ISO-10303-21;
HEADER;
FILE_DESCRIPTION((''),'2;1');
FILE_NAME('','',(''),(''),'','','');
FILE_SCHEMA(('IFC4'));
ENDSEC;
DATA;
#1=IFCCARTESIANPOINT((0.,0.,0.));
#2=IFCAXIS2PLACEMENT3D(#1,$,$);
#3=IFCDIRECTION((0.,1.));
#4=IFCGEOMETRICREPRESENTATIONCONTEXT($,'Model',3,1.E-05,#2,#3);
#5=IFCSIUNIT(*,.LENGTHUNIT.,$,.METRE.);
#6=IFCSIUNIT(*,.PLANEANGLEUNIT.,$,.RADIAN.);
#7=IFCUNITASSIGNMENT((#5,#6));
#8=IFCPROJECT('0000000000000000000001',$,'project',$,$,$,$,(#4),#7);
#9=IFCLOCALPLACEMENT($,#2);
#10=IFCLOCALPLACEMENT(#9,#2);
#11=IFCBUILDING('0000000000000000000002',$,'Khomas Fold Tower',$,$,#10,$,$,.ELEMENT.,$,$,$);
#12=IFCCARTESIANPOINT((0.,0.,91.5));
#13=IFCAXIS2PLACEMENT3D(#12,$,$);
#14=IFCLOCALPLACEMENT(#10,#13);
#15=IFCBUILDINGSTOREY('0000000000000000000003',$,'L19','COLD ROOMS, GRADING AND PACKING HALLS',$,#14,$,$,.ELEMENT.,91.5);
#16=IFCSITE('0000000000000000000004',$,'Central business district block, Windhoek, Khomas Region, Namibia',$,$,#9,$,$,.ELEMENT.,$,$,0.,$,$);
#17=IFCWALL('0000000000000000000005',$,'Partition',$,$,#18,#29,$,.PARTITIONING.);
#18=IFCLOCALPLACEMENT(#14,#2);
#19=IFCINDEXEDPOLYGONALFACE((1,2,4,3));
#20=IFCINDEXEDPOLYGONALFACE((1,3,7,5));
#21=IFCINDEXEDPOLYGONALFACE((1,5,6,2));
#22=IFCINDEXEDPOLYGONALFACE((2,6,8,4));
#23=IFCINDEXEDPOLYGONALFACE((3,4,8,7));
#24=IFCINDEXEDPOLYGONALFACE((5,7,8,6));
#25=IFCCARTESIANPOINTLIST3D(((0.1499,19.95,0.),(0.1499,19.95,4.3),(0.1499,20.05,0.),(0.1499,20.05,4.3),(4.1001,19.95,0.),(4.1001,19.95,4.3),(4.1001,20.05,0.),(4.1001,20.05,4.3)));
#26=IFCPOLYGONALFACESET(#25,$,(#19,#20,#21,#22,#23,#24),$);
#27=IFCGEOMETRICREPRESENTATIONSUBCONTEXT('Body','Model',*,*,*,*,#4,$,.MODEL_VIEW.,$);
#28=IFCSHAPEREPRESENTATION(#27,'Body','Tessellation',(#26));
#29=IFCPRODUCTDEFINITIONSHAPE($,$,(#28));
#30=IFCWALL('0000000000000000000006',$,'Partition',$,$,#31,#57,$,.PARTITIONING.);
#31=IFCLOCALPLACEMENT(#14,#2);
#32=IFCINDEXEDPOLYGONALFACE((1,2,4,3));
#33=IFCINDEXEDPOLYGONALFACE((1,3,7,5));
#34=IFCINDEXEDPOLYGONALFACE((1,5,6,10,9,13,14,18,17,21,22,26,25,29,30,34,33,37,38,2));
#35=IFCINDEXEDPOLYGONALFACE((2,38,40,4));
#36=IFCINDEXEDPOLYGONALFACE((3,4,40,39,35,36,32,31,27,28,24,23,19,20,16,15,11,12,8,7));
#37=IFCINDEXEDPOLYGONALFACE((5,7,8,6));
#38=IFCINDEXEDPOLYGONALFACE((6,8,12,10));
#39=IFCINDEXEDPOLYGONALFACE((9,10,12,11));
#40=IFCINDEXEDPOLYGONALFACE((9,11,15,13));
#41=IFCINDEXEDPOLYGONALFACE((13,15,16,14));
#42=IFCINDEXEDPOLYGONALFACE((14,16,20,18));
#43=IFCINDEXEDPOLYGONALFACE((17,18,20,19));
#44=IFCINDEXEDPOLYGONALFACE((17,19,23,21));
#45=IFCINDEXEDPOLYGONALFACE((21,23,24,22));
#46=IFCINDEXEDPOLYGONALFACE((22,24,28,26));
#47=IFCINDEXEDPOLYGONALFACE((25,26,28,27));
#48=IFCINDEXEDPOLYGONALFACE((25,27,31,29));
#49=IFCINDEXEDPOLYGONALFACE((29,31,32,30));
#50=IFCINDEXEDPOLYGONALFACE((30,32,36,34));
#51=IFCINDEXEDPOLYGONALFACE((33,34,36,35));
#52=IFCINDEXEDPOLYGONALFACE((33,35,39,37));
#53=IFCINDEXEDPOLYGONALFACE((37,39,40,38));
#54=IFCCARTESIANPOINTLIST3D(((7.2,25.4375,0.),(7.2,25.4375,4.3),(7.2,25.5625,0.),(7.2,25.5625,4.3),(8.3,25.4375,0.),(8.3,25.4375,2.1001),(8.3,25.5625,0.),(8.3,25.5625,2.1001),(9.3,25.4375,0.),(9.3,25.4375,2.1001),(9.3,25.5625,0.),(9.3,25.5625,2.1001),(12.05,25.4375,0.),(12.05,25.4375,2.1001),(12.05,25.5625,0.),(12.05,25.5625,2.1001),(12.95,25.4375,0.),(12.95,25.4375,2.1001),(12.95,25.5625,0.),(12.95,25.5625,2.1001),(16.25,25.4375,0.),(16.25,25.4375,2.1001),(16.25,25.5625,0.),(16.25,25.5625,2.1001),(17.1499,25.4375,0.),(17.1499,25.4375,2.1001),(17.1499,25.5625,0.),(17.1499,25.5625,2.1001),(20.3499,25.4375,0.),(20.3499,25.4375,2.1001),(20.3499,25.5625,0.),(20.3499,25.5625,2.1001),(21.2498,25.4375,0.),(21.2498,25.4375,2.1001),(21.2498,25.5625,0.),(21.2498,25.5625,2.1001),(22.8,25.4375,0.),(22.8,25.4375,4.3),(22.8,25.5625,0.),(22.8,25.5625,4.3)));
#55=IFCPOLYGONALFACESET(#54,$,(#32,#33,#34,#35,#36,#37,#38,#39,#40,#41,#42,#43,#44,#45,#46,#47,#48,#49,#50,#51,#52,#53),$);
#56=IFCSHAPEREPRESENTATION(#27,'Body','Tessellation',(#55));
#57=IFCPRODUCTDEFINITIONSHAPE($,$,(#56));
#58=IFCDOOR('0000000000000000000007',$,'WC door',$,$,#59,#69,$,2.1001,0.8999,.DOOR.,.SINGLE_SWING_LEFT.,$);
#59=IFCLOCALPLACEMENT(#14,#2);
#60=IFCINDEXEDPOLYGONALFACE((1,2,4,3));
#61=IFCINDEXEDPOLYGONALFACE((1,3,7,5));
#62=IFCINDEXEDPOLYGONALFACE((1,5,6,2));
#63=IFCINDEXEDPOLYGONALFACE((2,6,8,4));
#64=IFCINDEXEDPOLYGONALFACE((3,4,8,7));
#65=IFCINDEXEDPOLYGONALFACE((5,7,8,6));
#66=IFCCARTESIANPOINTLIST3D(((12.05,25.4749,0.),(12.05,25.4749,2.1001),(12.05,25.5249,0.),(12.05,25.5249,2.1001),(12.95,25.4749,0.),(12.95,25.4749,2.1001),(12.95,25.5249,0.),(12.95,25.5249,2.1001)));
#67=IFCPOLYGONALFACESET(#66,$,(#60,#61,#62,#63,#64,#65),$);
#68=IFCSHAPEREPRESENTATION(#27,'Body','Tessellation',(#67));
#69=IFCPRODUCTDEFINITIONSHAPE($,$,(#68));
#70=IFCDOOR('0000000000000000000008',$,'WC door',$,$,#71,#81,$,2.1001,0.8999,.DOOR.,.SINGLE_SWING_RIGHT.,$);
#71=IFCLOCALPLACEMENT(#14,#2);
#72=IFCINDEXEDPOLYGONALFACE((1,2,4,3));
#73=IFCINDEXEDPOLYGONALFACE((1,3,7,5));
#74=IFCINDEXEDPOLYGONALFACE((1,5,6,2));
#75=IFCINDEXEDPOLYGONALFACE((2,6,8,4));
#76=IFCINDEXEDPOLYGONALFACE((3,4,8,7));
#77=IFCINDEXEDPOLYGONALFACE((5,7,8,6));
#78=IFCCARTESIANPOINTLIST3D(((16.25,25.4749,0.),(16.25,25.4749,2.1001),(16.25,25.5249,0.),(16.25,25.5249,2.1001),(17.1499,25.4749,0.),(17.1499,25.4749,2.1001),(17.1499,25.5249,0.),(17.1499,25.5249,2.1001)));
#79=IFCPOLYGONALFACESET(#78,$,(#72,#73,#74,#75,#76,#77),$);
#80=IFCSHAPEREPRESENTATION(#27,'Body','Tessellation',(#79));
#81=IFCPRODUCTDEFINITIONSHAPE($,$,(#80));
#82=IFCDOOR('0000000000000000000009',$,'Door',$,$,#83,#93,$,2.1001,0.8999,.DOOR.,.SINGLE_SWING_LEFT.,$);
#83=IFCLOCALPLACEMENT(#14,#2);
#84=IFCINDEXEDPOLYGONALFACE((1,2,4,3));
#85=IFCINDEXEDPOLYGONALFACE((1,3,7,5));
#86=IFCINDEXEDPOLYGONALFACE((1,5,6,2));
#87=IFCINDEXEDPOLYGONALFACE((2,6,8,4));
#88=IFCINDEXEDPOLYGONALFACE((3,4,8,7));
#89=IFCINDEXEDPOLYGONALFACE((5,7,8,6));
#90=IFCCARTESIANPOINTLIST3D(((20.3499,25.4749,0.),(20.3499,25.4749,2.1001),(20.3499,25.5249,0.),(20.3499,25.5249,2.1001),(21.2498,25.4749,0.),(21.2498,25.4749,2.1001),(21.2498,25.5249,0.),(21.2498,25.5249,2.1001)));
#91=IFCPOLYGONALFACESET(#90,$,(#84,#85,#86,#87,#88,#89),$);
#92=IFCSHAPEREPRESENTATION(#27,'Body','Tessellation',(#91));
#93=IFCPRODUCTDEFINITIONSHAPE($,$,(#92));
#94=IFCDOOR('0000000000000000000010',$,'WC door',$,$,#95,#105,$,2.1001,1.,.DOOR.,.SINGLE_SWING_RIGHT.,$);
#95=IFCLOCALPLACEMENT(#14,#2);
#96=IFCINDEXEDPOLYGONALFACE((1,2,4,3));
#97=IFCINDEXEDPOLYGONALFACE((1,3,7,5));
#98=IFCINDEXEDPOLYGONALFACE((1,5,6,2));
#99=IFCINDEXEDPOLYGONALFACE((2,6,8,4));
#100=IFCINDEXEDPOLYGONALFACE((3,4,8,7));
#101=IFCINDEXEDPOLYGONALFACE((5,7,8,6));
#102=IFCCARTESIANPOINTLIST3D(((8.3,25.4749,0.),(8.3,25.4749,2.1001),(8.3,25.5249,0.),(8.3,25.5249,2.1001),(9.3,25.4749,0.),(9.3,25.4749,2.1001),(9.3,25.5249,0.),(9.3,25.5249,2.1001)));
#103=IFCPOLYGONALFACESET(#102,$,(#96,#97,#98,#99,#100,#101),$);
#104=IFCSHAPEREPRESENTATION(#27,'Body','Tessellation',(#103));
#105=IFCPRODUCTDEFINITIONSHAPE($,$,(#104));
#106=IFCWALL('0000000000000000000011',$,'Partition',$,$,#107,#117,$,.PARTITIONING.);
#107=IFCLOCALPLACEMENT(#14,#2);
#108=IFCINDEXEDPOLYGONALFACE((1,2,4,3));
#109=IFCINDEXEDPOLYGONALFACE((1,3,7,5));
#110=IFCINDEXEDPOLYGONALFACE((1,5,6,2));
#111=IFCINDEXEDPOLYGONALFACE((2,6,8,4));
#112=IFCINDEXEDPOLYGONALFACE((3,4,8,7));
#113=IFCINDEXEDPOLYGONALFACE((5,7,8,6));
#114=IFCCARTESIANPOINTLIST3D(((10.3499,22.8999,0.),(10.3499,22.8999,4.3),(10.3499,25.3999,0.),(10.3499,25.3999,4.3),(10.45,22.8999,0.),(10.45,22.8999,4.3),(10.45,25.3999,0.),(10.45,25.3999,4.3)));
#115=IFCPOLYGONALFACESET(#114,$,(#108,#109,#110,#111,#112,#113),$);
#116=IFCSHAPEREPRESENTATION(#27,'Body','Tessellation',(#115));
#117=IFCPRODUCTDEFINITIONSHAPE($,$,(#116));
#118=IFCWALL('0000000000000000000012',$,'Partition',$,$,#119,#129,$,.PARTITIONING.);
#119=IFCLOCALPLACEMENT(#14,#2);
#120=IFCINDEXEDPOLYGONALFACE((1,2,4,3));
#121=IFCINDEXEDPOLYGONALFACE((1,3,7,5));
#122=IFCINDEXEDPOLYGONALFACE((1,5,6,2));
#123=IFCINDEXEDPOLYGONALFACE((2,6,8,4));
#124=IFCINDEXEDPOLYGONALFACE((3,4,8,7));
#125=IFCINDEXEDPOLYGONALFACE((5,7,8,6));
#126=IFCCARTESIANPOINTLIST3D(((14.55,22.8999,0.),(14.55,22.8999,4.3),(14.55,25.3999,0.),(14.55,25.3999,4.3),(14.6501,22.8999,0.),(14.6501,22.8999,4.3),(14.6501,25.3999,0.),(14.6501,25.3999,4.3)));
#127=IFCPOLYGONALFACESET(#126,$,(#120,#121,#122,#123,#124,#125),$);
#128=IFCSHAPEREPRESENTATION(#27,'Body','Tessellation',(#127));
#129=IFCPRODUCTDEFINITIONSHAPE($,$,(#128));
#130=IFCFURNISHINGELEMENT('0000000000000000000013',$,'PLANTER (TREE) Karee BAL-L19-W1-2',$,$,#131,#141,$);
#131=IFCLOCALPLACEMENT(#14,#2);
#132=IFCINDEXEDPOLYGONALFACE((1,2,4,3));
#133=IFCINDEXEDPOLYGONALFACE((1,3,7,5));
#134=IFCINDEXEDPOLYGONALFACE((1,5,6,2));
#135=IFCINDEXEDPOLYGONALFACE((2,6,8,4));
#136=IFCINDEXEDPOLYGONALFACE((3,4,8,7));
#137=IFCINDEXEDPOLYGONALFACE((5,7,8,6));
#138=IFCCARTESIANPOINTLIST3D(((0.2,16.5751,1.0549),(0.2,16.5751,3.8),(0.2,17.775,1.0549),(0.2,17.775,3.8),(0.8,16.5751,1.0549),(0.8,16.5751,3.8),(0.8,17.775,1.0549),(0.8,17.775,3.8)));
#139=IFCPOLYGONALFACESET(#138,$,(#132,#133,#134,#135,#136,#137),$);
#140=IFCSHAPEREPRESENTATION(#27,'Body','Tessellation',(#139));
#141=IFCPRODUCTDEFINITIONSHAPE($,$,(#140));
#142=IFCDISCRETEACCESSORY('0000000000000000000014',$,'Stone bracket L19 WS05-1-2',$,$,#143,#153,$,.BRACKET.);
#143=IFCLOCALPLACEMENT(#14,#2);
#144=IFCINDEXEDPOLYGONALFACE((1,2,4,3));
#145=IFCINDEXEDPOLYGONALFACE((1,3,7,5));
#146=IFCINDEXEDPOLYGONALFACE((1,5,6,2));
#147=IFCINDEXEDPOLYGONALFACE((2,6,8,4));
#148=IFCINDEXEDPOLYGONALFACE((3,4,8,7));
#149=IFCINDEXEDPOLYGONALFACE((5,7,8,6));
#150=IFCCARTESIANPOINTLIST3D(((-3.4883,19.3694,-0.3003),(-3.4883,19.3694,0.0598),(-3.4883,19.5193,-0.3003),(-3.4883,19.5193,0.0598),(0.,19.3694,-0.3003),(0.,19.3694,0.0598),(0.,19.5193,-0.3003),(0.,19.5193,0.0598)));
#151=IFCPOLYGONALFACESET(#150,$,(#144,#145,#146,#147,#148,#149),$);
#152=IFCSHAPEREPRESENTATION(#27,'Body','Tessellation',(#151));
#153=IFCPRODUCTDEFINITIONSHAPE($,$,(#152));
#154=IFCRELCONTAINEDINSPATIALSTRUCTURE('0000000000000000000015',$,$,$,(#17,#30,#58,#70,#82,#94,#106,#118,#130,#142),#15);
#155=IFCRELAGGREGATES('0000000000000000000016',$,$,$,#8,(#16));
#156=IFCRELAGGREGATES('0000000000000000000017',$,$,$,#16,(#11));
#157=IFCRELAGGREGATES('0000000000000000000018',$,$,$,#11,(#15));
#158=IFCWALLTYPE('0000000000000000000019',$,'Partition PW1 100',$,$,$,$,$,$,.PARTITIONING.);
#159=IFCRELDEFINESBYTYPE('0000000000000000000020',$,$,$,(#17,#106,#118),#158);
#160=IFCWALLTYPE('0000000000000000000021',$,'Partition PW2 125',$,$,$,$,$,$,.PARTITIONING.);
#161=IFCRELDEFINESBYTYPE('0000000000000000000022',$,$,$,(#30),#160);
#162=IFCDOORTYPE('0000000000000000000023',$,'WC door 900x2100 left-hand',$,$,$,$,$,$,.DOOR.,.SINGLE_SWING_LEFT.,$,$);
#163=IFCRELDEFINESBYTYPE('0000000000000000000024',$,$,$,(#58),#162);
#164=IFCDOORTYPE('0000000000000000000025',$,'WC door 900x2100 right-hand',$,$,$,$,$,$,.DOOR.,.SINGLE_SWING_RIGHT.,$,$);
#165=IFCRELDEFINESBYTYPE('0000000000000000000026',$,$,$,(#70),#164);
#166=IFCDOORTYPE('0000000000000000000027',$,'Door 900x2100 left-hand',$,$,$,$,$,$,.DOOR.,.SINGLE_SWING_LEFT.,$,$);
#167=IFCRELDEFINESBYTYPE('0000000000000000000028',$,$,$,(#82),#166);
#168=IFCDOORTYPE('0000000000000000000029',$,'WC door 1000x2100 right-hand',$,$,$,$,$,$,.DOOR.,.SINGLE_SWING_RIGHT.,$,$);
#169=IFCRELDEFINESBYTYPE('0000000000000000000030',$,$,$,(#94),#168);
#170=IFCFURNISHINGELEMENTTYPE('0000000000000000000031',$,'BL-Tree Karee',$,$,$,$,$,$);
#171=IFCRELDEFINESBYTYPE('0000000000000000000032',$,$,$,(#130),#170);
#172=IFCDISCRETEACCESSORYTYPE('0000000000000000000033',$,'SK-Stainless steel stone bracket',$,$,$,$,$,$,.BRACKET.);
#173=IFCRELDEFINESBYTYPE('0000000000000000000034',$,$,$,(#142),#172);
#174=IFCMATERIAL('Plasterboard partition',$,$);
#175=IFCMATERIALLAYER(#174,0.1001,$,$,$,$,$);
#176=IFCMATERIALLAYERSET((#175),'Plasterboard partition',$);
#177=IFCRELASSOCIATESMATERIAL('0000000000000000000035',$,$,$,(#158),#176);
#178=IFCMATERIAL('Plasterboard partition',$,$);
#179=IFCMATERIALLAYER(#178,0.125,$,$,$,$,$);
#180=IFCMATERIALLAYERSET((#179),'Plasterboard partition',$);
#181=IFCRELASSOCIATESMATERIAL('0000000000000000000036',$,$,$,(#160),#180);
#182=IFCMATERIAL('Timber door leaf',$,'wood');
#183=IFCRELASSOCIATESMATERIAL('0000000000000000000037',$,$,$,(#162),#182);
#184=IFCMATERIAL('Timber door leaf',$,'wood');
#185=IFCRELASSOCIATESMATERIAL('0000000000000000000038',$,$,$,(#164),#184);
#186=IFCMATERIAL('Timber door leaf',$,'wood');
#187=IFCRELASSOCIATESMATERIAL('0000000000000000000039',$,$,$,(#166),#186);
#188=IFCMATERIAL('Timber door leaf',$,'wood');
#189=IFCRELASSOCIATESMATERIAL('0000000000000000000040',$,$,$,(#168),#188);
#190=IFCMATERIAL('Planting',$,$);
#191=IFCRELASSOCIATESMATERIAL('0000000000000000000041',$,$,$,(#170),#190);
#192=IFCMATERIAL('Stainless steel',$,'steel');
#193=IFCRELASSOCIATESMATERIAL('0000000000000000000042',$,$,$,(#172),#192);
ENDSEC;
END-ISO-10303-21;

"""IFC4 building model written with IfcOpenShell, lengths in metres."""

from ifc_helpers import new_model, si_unit, direction, frame, frame_2d, origin, origin_2d, place, context, subcontext, project, spatial, rectangle, extrude, source, transform, mapped, material, layer, layer_set, type_object, element, fill, save


model = new_model("IFC4")

# Units and contexts
model_context = context("Model", 3, precision=1e-05, world=origin(), true_north=direction((0.0, 1.0)))
body_context = subcontext(model_context, "Body", "Model", "MODEL_VIEW")
ifc_project = project(units=[si_unit("LENGTHUNIT", "METRE"), si_unit("PLANEANGLEUNIT", "RADIAN")], contexts=[model_context])

# Site, building, storey
site_placement = place(None, origin())
site = spatial("IfcSite", under=ifc_project, at=site_placement, Name="Central business district block, Windhoek, Khomas Region, Namibia", CompositionType="ELEMENT", RefElevation=0.0)
building_placement = place(site_placement, origin())
building = spatial("IfcBuilding", under=site, at=building_placement, Name="Khomas Fold Tower", CompositionType="ELEMENT")
storey_placement = place(building_placement, frame((0.0, 0.0, 91.5)))
storey = spatial("IfcBuildingStorey", under=building, at=storey_placement, Name="L19", Description="COLD ROOMS, GRADING AND PACKING HALLS", CompositionType="ELEMENT", Elevation=91.5)

# Wall
ifc_material_1 = material(Name="Plasterboard partition")
ifc_layer_1 = layer(ifc_material_1, 0.1001)
ifc_layer_set_1 = layer_set([ifc_layer_1], Name="Plasterboard partition")
wall_type_1 = type_object("IfcWallType", Name="Partition PW1 100", PredefinedType="PARTITIONING", material=ifc_layer_set_1)
shared_shape_1 = source(origin(), body_context, "Body", "SweptSolid", [
    extrude(rectangle(XDim=3.9502, YDim=0.1001, at=frame_2d((1.9751, 0.0))), origin(), (0.0, 0.0, 1.0), 4.3),
])
wall_1_placement = place(storey_placement, frame((0.1499, 20.0, 0.0), z_axis=(0.0, 0.0, 1.0), x_axis=(1.0, 0.0, 0.0)))
element("IfcWall", 1, at=wall_1_placement, inside=storey, type_object=wall_type_1, Name="Partition", PredefinedType="PARTITIONING", context=body_context, shape_type="MappedRepresentation", body=[
    mapped(shared_shape_1, transform((0.0, 0.0, 0.0))),
])

# Wall, openings, doors
ifc_material_2 = material(Name="Plasterboard partition")
ifc_layer_2 = layer(ifc_material_2, 0.125)
ifc_layer_set_2 = layer_set([ifc_layer_2], Name="Plasterboard partition")
wall_type_2 = type_object("IfcWallType", Name="Partition PW2 125", PredefinedType="PARTITIONING", material=ifc_layer_set_2)
shared_shape_2 = source(origin(), body_context, "Body", "SweptSolid", [
    extrude(rectangle(XDim=15.6001, YDim=0.125, at=frame_2d((7.8, 0.0))), origin(), (0.0, 0.0, 1.0), 4.3),
])
wall_2_placement = place(storey_placement, frame((7.2, 25.5, 0.0), z_axis=(0.0, 0.0, 1.0), x_axis=(1.0, 0.0, 0.0)))
wall_2 = element("IfcWall", 2, at=wall_2_placement, inside=storey, type_object=wall_type_2, Name="Partition", PredefinedType="PARTITIONING", context=body_context, shape_type="MappedRepresentation", body=[
    mapped(shared_shape_2, transform((0.0, 0.0, 0.0))),
])
shared_shape_3 = source(origin(), body_context, "Body", "SweptSolid", [
    extrude(rectangle(XDim=1.0, YDim=2.1001, at=frame_2d((0.5, 1.05))), frame((0.0, 0.0725, 0.0), z_axis=(0.0, -1.0, 0.0), x_axis=(1.0, 0.0, 0.0)), (0.0, 0.0, 1.0), 0.145),
])
opening_1_placement = place(wall_2_placement, frame((1.1001, 0.0, 0.0)))
opening_1 = element("IfcOpeningElement", 3, at=opening_1_placement, cuts=wall_2, PredefinedType="OPENING", context=body_context, shape_type="MappedRepresentation", body=[
    mapped(shared_shape_3, transform((0.0, 0.0, 0.0))),
])
shared_shape_4 = source(origin(), body_context, "Body", "SweptSolid", [
    extrude(rectangle(XDim=0.8999, YDim=2.1001, at=frame_2d((0.45, 1.05))), frame((0.0, 0.0725, 0.0), z_axis=(0.0, -1.0, 0.0), x_axis=(1.0, 0.0, 0.0)), (0.0, 0.0, 1.0), 0.145),
])
opening_2_placement = place(wall_2_placement, frame((4.8501, 0.0, 0.0)))
opening_2 = element("IfcOpeningElement", 4, at=opening_2_placement, cuts=wall_2, PredefinedType="OPENING", context=body_context, shape_type="MappedRepresentation", body=[
    mapped(shared_shape_4, transform((0.0, 0.0, 0.0))),
])
opening_3_placement = place(wall_2_placement, frame((9.05, 0.0, 0.0)))
opening_3 = element("IfcOpeningElement", 5, at=opening_3_placement, cuts=wall_2, PredefinedType="OPENING", context=body_context, shape_type="MappedRepresentation", body=[
    mapped(shared_shape_4, transform((0.0, 0.0, 0.0))),
])
opening_4_placement = place(wall_2_placement, frame((13.1499, 0.0, 0.0)))
opening_4 = element("IfcOpeningElement", 6, at=opening_4_placement, cuts=wall_2, PredefinedType="OPENING", context=body_context, shape_type="MappedRepresentation", body=[
    mapped(shared_shape_4, transform((0.0, 0.0, 0.0))),
])
ifc_material_3 = material(Name="Timber door leaf", Category="wood")
door_type_1 = type_object("IfcDoorType", Name="WC door 900x2100 left-hand", OperationType="SINGLE_SWING_LEFT", PredefinedType="DOOR", material=ifc_material_3)
shared_shape_5 = source(origin(), body_context, "Body", "SweptSolid", [
    extrude(rectangle(XDim=0.8999, YDim=2.1001, at=frame_2d((0.45, 1.05))), frame((0.0, 0.0249, 0.0), z_axis=(0.0, -1.0, 0.0), x_axis=(1.0, 0.0, 0.0)), (0.0, 0.0, 1.0), 0.05),
])
door_1_placement = place(opening_2_placement, origin())
door_1 = element("IfcDoor", 7, at=door_1_placement, inside=storey, type_object=door_type_1, Name="WC door", OperationType="SINGLE_SWING_LEFT", OverallHeight=2.1001, OverallWidth=0.8999, PredefinedType="DOOR", context=body_context, shape_type="MappedRepresentation", body=[
    mapped(shared_shape_5, transform((0.0, 0.0, 0.0))),
])
fill(opening_2, door_1)
ifc_material_4 = material(Name="Timber door leaf", Category="wood")
door_type_2 = type_object("IfcDoorType", Name="WC door 900x2100 right-hand", OperationType="SINGLE_SWING_RIGHT", PredefinedType="DOOR", material=ifc_material_4)
door_2_placement = place(opening_3_placement, origin())
door_2 = element("IfcDoor", 8, at=door_2_placement, inside=storey, type_object=door_type_2, Name="WC door", OperationType="SINGLE_SWING_RIGHT", OverallHeight=2.1001, OverallWidth=0.8999, PredefinedType="DOOR", context=body_context, shape_type="MappedRepresentation", body=[
    mapped(shared_shape_5, transform((0.0, 0.0, 0.0))),
])
fill(opening_3, door_2)
ifc_material_5 = material(Name="Timber door leaf", Category="wood")
door_type_3 = type_object("IfcDoorType", Name="Door 900x2100 left-hand", OperationType="SINGLE_SWING_LEFT", PredefinedType="DOOR", material=ifc_material_5)
door_3_placement = place(opening_4_placement, origin())
door_3 = element("IfcDoor", 9, at=door_3_placement, inside=storey, type_object=door_type_3, Name="Door", OperationType="SINGLE_SWING_LEFT", OverallHeight=2.1001, OverallWidth=0.8999, PredefinedType="DOOR", context=body_context, shape_type="MappedRepresentation", body=[
    mapped(shared_shape_5, transform((0.0, 0.0, 0.0))),
])
fill(opening_4, door_3)
ifc_material_6 = material(Name="Timber door leaf", Category="wood")
door_type_4 = type_object("IfcDoorType", Name="WC door 1000x2100 right-hand", OperationType="SINGLE_SWING_RIGHT", PredefinedType="DOOR", material=ifc_material_6)
shared_shape_6 = source(origin(), body_context, "Body", "SweptSolid", [
    extrude(rectangle(XDim=1.0, YDim=2.1001, at=frame_2d((0.5, 1.05))), frame((0.0, 0.0249, 0.0), z_axis=(0.0, -1.0, 0.0), x_axis=(1.0, 0.0, 0.0)), (0.0, 0.0, 1.0), 0.05),
])
door_4_placement = place(opening_1_placement, origin())
door_4 = element("IfcDoor", 10, at=door_4_placement, inside=storey, type_object=door_type_4, Name="WC door", OperationType="SINGLE_SWING_RIGHT", OverallHeight=2.1001, OverallWidth=1.0, PredefinedType="DOOR", context=body_context, shape_type="MappedRepresentation", body=[
    mapped(shared_shape_6, transform((0.0, 0.0, 0.0))),
])
fill(opening_1, door_4)

# Walls
shared_shape_7 = source(origin(), body_context, "Body", "SweptSolid", [
    extrude(rectangle(XDim=2.5, YDim=0.1001, at=frame_2d((1.25, 0.0))), origin(), (0.0, 0.0, 1.0), 4.3),
])
for number, where, z_axis, x_axis, name in (
    (11, (10.3999, 22.8999, 0.0), (0.0, 0.0, 1.0), (0.0, 1.0, 0.0), "Partition"),
    (12, (14.6001, 22.8999, 0.0), (0.0, 0.0, 1.0), (0.0, 1.0, 0.0), "Partition"),
):
    element("IfcWall", number, at=place(storey_placement, frame(where, z_axis=z_axis, x_axis=x_axis)), inside=storey, type_object=wall_type_1, Name=name, PredefinedType="PARTITIONING", context=body_context, shape_type="MappedRepresentation", body=[
        mapped(shared_shape_7, transform((0.0, 0.0, 0.0))),
    ])

# Furnishing element
ifc_material_7 = material(Name="Planting")
furnishing_element_type = type_object("IfcFurnishingElementType", Name="BL-Tree Karee", material=ifc_material_7)
shared_shape_8 = source(origin(), body_context, "Body", "SweptSolid", [
    extrude(rectangle(XDim=1.2, YDim=0.6001, at=origin_2d()), origin(), (0.0, 0.0, 1.0), 2.7451),
])
furnishing_placement = place(storey_placement, frame((0.5, 17.175, 1.0549), z_axis=(0.0, 0.0, 1.0), x_axis=(0.0, 1.0, 0.0)))
element("IfcFurnishingElement", 13, at=furnishing_placement, inside=storey, type_object=furnishing_element_type, Name="PLANTER (TREE) Karee BAL-L19-W1-2", context=body_context, shape_type="MappedRepresentation", body=[
    mapped(shared_shape_8, transform((0.0, 0.0, 0.0))),
])

# Discrete accessory
ifc_material_8 = material(Name="Stainless steel", Category="steel")
discrete_accessory_type = type_object("IfcDiscreteAccessoryType", Name="SK-Stainless steel stone bracket", PredefinedType="BRACKET", material=ifc_material_8)
shared_shape_9 = source(origin(), body_context, "Body", "SweptSolid", [
    extrude(rectangle(XDim=3.4883, YDim=0.1499, at=origin_2d()), origin(), (0.0, 0.0, 1.0), 0.3601),
])
discrete_accessory_placement = place(storey_placement, frame((-1.7441, 19.4443, -0.3003), z_axis=(0.0, 0.0, 1.0), x_axis=(-1.0, 0.0, 0.0)))
element("IfcDiscreteAccessory", 14, at=discrete_accessory_placement, inside=storey, type_object=discrete_accessory_type, Name="Stone bracket L19 WS05-1-2", PredefinedType="BRACKET", context=body_context, shape_type="MappedRepresentation", body=[
    mapped(shared_shape_9, transform((0.0, 0.0, 0.0))),
])

save(model, "model.ifc")
